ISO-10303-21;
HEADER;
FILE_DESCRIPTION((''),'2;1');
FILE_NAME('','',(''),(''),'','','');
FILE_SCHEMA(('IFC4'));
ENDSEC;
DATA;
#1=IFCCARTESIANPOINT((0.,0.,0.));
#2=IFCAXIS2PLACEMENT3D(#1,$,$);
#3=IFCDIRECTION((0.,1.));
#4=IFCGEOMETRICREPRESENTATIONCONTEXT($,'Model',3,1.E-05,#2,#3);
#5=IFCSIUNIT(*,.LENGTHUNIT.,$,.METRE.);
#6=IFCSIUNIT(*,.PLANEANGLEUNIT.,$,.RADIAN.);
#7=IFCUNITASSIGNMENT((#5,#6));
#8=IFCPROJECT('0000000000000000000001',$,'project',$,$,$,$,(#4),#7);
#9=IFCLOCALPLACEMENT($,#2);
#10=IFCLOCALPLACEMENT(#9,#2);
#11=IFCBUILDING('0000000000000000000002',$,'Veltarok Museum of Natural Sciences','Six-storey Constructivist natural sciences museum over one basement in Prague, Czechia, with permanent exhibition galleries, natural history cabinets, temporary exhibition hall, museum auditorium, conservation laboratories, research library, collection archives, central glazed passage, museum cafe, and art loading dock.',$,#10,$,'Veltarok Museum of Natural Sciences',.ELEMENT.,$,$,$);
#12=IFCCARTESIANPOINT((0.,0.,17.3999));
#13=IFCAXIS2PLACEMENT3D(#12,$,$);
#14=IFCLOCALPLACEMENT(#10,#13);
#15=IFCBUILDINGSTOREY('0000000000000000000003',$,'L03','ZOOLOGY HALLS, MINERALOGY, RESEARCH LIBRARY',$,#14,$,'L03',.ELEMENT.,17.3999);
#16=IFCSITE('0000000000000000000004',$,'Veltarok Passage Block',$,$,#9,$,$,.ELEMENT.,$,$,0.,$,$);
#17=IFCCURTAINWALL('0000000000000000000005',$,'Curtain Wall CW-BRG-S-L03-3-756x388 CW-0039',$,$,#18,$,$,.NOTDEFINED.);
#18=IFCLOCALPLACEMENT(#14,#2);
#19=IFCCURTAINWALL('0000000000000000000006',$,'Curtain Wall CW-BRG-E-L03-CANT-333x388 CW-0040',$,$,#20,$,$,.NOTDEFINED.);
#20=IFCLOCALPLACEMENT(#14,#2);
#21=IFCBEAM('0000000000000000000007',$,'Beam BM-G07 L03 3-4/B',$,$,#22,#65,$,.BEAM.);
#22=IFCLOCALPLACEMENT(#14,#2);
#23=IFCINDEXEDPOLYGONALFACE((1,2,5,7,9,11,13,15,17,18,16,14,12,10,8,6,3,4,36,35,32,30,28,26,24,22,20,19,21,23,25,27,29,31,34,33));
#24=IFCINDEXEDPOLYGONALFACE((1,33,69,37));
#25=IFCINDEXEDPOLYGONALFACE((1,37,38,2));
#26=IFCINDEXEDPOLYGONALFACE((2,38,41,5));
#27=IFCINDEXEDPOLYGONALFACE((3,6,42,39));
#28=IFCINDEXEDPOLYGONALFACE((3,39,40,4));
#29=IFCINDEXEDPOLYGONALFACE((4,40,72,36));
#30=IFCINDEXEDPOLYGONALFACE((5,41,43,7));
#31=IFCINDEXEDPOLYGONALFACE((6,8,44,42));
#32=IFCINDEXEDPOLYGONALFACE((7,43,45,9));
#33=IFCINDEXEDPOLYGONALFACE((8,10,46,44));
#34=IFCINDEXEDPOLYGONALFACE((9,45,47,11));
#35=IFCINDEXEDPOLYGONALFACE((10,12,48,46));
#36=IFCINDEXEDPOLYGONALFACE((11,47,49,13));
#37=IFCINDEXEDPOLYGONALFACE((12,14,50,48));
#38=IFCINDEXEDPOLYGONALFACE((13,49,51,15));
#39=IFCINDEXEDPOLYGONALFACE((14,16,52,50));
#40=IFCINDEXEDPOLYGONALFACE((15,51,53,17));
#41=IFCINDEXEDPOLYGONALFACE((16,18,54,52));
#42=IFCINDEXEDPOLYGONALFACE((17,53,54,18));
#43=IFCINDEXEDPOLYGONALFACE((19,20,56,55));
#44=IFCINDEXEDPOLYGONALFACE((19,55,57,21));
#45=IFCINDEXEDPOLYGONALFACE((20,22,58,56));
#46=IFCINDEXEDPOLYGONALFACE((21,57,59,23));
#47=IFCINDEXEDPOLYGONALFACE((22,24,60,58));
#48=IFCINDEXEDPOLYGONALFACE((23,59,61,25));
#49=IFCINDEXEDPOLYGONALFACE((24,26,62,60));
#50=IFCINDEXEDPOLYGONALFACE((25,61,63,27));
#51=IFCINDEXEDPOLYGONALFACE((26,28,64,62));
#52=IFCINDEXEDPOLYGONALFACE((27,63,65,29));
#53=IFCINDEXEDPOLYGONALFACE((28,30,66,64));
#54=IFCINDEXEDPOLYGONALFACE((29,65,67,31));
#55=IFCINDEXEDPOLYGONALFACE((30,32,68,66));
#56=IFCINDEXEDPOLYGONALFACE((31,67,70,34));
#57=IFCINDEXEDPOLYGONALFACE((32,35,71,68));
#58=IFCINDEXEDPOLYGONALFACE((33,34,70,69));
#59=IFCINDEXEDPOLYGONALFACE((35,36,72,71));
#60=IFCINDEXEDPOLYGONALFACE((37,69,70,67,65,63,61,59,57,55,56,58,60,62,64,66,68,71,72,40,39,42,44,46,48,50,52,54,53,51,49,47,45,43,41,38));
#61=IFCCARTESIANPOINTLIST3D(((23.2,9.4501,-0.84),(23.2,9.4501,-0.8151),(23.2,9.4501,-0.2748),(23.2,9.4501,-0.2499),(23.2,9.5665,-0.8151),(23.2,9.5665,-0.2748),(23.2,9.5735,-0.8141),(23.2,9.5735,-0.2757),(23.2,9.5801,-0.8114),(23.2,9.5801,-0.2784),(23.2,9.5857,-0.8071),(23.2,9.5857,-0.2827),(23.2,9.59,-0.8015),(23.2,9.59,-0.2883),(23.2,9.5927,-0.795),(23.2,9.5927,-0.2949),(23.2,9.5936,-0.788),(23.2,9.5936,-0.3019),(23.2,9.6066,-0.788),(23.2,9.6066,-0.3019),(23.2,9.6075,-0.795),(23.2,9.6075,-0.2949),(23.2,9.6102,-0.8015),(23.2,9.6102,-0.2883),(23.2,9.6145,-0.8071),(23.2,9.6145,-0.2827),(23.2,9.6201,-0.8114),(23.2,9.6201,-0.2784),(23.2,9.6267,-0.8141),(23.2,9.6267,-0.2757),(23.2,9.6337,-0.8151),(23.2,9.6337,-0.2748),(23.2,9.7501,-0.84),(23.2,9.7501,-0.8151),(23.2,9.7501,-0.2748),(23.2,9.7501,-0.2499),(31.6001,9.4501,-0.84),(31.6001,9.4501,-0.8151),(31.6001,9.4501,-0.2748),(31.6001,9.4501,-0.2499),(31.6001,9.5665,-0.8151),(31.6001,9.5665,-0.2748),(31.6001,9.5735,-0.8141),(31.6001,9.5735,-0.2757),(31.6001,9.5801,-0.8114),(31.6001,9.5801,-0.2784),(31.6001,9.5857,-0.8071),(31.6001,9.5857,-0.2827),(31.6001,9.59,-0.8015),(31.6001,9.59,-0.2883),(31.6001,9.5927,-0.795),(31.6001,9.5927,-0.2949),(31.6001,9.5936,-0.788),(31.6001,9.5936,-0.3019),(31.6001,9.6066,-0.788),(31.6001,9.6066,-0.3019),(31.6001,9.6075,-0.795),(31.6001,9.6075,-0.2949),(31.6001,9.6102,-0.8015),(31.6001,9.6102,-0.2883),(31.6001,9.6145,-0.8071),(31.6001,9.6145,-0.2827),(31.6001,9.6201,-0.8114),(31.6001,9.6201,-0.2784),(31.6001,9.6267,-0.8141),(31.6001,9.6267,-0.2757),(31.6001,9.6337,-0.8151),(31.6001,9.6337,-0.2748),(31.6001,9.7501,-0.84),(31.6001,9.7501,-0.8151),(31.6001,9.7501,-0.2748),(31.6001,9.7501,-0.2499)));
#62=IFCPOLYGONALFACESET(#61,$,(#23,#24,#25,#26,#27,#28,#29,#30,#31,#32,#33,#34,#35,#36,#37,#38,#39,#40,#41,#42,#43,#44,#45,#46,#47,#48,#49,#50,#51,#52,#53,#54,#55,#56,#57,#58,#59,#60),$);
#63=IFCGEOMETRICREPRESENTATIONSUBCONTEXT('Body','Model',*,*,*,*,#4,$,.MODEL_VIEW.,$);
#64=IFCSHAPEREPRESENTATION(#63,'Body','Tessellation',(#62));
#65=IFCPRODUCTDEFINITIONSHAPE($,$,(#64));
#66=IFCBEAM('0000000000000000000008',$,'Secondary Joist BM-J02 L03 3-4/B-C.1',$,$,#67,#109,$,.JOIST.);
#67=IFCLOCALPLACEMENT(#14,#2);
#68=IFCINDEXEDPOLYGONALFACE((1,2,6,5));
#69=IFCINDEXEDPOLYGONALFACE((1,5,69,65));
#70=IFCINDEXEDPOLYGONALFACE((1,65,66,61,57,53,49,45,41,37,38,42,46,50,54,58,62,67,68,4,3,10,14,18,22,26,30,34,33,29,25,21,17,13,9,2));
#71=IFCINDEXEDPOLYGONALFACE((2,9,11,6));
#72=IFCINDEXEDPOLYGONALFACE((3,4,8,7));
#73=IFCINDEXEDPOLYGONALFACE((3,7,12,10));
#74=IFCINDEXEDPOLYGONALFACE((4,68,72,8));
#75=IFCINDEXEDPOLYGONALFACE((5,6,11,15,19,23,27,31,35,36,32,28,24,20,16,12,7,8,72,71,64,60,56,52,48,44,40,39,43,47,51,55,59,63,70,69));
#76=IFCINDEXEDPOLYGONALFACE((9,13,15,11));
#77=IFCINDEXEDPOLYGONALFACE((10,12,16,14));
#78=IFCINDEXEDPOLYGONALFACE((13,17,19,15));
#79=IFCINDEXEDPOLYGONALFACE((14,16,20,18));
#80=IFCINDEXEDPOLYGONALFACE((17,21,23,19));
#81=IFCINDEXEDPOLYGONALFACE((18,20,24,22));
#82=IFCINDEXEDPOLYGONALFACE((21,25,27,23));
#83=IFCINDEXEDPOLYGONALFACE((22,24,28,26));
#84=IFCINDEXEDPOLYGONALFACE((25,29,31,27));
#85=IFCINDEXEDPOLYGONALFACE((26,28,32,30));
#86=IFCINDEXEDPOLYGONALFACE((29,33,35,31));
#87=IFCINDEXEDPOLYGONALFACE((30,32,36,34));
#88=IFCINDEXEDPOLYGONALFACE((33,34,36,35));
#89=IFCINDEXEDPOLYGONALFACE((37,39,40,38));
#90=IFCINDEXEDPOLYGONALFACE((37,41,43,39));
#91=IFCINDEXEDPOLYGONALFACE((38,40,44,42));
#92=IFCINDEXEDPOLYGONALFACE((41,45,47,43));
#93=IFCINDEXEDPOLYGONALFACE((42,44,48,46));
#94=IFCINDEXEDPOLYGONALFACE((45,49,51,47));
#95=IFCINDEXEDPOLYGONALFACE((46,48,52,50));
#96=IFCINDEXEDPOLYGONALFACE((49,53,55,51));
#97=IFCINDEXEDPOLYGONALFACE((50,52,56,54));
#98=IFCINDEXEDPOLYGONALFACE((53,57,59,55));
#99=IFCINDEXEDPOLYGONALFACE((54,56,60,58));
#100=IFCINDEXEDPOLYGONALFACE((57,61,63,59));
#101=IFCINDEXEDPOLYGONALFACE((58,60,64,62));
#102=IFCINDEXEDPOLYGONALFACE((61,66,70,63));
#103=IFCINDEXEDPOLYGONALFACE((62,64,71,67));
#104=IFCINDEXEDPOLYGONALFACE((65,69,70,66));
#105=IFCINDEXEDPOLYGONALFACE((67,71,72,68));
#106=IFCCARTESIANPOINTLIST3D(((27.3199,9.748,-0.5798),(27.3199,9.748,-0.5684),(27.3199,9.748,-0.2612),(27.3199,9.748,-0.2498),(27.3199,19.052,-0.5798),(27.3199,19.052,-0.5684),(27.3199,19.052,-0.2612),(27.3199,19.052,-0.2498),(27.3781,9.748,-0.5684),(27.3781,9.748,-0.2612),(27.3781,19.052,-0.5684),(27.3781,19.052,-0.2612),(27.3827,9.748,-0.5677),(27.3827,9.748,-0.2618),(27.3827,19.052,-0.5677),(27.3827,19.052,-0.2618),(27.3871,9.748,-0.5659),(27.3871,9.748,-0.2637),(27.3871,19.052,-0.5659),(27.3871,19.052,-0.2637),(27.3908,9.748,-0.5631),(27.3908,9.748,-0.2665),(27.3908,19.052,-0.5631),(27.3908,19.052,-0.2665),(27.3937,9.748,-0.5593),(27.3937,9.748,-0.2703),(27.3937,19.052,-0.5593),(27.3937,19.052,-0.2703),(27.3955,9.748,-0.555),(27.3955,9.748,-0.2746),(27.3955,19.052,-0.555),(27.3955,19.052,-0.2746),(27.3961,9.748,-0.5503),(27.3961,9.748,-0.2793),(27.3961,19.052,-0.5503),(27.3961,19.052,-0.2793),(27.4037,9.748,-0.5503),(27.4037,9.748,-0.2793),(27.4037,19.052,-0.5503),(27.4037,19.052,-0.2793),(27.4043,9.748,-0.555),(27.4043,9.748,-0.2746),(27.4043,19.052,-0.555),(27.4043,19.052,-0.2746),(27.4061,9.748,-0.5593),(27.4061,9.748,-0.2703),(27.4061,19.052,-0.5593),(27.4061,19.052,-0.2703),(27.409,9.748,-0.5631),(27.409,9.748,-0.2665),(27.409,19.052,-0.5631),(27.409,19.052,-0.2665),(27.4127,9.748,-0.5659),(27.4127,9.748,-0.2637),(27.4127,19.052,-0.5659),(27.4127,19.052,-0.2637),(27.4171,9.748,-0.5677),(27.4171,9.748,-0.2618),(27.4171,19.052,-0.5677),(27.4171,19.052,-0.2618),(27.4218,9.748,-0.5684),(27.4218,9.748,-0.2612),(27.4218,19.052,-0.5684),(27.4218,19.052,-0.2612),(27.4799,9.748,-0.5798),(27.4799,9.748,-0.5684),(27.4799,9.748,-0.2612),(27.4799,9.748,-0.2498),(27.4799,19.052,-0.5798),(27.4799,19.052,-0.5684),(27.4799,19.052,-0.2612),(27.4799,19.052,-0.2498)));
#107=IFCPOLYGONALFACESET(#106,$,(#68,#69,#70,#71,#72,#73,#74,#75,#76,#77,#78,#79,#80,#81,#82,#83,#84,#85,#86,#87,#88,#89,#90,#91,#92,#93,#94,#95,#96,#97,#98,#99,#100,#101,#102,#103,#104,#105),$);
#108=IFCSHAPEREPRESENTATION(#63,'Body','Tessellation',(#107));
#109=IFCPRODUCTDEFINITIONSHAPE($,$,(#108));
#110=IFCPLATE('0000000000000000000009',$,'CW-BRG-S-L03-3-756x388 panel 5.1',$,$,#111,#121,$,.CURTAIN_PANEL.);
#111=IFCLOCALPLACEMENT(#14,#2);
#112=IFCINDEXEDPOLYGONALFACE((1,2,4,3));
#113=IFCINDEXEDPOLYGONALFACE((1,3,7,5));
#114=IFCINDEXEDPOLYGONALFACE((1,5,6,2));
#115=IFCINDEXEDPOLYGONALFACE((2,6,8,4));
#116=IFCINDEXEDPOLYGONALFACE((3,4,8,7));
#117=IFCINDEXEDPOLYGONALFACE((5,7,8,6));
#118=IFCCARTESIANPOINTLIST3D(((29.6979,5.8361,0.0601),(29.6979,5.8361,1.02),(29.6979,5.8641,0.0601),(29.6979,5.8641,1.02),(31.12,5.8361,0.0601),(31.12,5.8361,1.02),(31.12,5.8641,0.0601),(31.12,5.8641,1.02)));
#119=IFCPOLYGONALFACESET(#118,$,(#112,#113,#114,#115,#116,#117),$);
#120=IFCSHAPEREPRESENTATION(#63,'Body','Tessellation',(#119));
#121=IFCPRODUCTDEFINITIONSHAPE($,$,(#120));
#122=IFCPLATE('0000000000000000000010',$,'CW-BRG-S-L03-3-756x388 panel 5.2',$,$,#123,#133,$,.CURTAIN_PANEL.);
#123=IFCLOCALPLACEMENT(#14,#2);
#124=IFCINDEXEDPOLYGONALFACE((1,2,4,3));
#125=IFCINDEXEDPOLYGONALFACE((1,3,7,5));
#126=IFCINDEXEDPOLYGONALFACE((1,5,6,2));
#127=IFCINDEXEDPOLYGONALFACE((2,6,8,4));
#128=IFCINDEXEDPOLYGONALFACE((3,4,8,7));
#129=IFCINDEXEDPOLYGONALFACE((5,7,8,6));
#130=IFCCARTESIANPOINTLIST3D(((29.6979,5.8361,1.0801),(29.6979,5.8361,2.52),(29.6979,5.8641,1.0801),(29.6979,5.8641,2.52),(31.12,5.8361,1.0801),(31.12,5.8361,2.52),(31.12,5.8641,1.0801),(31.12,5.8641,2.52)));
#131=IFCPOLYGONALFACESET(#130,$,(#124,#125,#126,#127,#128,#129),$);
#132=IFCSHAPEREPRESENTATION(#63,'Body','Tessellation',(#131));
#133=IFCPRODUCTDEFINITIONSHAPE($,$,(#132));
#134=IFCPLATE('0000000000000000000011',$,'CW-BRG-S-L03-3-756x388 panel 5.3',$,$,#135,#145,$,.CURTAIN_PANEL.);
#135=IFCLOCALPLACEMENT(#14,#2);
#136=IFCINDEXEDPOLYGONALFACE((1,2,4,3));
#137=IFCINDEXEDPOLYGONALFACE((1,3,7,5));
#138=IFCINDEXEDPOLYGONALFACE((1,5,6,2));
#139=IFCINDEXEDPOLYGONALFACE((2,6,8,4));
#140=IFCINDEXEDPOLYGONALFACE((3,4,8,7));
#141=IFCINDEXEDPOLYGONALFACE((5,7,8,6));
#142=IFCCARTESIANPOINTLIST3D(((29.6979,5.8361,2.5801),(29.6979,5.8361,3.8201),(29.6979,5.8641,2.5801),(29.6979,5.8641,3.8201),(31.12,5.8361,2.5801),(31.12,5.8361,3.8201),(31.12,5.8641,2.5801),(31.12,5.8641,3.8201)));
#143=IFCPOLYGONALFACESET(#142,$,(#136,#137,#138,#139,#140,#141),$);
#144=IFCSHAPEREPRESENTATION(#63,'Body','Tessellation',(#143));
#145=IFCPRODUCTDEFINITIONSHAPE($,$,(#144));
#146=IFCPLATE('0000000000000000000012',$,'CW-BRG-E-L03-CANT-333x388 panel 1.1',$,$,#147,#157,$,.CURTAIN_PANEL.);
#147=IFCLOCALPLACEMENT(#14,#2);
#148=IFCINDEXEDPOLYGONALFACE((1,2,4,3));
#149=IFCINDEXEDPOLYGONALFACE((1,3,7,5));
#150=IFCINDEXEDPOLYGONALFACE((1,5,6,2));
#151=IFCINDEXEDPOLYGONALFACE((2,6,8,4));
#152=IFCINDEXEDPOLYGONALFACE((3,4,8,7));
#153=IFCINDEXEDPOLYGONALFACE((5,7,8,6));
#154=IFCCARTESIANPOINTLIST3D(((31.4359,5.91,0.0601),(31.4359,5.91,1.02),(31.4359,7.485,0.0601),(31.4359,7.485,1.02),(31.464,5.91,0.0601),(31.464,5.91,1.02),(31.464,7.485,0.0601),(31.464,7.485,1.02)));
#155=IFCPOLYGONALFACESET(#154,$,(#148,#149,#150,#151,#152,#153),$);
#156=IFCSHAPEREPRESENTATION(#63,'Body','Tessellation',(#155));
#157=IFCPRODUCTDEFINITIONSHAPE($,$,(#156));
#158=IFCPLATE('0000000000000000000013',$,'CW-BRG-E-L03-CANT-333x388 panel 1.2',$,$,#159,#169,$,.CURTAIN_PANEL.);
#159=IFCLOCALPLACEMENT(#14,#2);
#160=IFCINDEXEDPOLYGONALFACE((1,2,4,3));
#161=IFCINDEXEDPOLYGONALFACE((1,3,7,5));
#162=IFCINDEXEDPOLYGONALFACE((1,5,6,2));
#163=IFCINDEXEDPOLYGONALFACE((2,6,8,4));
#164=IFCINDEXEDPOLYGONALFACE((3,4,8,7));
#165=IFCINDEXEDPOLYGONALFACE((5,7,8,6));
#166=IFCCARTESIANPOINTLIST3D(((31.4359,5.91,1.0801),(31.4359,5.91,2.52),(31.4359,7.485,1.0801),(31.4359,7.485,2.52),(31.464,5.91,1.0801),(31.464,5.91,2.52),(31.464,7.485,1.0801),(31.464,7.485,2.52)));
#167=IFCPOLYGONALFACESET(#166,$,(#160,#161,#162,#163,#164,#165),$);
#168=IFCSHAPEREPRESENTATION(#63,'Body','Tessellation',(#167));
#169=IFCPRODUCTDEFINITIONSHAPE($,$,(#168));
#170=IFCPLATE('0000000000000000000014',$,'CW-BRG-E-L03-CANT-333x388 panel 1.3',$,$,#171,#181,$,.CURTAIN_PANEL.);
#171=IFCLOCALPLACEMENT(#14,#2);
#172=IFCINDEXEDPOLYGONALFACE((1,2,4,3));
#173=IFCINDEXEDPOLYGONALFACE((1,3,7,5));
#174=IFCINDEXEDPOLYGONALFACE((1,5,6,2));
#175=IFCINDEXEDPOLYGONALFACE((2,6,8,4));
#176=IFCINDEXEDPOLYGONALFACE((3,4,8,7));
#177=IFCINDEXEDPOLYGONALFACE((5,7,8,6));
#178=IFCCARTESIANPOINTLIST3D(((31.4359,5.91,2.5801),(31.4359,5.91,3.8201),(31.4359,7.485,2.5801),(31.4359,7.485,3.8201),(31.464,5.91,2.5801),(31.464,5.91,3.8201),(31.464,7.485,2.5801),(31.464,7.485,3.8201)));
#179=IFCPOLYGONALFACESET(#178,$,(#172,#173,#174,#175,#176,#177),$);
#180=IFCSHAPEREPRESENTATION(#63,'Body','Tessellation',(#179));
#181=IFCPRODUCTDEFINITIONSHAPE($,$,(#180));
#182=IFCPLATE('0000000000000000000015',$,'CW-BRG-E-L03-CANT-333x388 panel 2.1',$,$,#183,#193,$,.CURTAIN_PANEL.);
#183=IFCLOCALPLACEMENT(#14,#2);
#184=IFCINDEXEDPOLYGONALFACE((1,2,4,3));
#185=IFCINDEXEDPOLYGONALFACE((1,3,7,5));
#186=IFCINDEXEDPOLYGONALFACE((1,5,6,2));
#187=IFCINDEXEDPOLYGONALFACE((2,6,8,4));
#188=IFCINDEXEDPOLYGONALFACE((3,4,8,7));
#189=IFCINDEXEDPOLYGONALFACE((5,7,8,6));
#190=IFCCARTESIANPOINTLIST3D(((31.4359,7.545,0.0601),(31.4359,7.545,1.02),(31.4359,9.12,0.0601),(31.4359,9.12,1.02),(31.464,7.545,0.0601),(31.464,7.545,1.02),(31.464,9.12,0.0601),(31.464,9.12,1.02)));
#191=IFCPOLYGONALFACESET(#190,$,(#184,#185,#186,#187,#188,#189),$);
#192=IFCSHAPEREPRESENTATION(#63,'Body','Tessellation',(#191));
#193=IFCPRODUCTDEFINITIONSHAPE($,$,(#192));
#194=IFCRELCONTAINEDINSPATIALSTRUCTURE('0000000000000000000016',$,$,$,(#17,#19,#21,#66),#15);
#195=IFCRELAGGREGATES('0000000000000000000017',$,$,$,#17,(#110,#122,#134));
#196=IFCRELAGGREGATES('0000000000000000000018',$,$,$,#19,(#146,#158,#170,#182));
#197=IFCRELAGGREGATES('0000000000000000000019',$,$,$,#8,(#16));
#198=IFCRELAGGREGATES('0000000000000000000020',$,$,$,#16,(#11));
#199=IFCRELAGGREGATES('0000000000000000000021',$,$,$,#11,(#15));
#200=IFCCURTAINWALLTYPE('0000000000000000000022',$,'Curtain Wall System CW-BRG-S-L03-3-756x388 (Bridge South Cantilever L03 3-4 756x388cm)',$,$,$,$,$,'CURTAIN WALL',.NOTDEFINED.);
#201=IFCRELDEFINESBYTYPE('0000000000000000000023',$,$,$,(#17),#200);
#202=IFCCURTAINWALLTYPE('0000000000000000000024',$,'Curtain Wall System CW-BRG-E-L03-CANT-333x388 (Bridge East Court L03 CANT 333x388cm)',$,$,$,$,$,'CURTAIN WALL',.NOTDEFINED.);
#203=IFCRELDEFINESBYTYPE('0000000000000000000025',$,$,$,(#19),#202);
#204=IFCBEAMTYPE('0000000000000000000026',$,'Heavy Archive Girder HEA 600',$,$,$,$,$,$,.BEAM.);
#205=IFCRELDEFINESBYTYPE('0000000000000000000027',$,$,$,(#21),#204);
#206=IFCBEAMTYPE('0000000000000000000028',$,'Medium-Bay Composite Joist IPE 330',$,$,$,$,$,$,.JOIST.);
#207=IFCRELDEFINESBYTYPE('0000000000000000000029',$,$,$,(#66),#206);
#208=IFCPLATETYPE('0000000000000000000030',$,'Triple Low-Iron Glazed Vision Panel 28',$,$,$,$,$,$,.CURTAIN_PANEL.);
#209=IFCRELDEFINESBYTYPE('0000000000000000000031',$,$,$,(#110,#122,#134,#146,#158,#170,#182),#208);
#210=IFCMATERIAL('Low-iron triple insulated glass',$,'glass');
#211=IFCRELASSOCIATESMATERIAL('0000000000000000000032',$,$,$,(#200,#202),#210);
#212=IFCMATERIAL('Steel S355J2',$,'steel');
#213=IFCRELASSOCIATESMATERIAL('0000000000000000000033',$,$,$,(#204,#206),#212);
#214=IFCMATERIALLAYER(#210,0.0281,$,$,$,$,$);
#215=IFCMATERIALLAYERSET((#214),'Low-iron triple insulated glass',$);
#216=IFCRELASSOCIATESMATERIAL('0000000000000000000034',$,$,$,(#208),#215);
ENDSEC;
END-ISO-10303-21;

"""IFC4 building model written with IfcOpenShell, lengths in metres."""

from ifc_helpers import new_model, si_unit, direction, frame, origin, origin_2d, place, context, subcontext, project, spatial, rectangle, i_section, extrude, material, layer, layer_set, material_profile, profile_set, type_object, element, aggregate, save


model = new_model("IFC4")

# Units and contexts
model_context = context("Model", 3, precision=1e-05, world=origin(), true_north=direction((0.0, 1.0)))
body_context = subcontext(model_context, "Body", "Model", "MODEL_VIEW")
ifc_project = project(units=[si_unit("LENGTHUNIT", "METRE"), si_unit("PLANEANGLEUNIT", "RADIAN")], contexts=[model_context])

# Site, building, storey
site_placement = place(None, origin())
site = spatial("IfcSite", under=ifc_project, at=site_placement, Name="Veltarok Passage Block", CompositionType="ELEMENT", RefElevation=0.0)
building_placement = place(site_placement, origin())
building = spatial("IfcBuilding", under=site, at=building_placement, Name="Veltarok Museum of Natural Sciences", Description="Six-storey Constructivist natural sciences museum over one basement in Prague, Czechia, with permanent exhibition galleries, natural history cabinets, temporary exhibition hall, museum auditorium, conservation laboratories, research library, collection archives, central glazed passage, museum cafe, and art loading dock.", LongName="Veltarok Museum of Natural Sciences", CompositionType="ELEMENT")
storey_placement = place(building_placement, frame((0.0, 0.0, 17.3999)))
storey = spatial("IfcBuildingStorey", under=building, at=storey_placement, Name="L03", Description="ZOOLOGY HALLS, MINERALOGY, RESEARCH LIBRARY", LongName="L03", CompositionType="ELEMENT", Elevation=17.3999)

# Shared definitions
ifc_material_1 = material(Name="Steel S355J2", Category="steel")

# Curtain walls
ifc_material_2 = material(Name="Low-iron triple insulated glass", Category="glass")
curtain_wall_type_1 = type_object("IfcCurtainWallType", Name="Curtain Wall System CW-BRG-S-L03-3-756x388 (Bridge South Cantilever L03 3-4 756x388cm)", ElementType="CURTAIN WALL", PredefinedType="NOTDEFINED", material=ifc_material_2)
curtain_wall_1_placement = place(storey_placement, origin())
curtain_wall_1 = element("IfcCurtainWall", 1, at=curtain_wall_1_placement, inside=storey, type_object=curtain_wall_type_1, Name="Curtain Wall CW-BRG-S-L03-3-756x388 CW-0039", PredefinedType="NOTDEFINED")
curtain_wall_type_2 = type_object("IfcCurtainWallType", Name="Curtain Wall System CW-BRG-E-L03-CANT-333x388 (Bridge East Court L03 CANT 333x388cm)", ElementType="CURTAIN WALL", PredefinedType="NOTDEFINED", material=ifc_material_2)
curtain_wall_2_placement = place(storey_placement, origin())
curtain_wall_2 = element("IfcCurtainWall", 2, at=curtain_wall_2_placement, inside=storey, type_object=curtain_wall_type_2, Name="Curtain Wall CW-BRG-E-L03-CANT-333x388 CW-0040", PredefinedType="NOTDEFINED")

# Beams
ifc_material_profile_1 = material_profile(ifc_material_1, i_section(OverallWidth=0.3, OverallDepth=0.5901, WebThickness=0.0129, FlangeThickness=0.0249, FilletRadius=0.0271, at=origin_2d()), Name="HEA 600")
ifc_profile_set_1 = profile_set([ifc_material_profile_1], Name="Steel S355J2")
beam_type_1 = type_object("IfcBeamType", Name="Heavy Archive Girder HEA 600", PredefinedType="BEAM", material=ifc_profile_set_1)
beam_1_placement = place(storey_placement, frame((23.2, 9.6001, -0.5449), z_axis=(1.0, 0.0, 0.0), x_axis=(0.0, 1.0, 0.0)))
element("IfcBeam", 3, at=beam_1_placement, inside=storey, type_object=beam_type_1, Name="Beam BM-G07 L03 3-4/B", PredefinedType="BEAM", context=body_context, shape_type="SweptSolid", body=[
    extrude(i_section(OverallWidth=0.3, OverallDepth=0.5901, WebThickness=0.0129, FlangeThickness=0.0249, FilletRadius=0.0271, at=origin_2d()), origin(), (0.0, 0.0, 1.0), 8.4001),
])
ifc_material_profile_2 = material_profile(ifc_material_1, i_section(OverallWidth=0.1599, OverallDepth=0.3301, WebThickness=0.0076, FlangeThickness=0.0115, FilletRadius=0.0181, at=origin_2d()), Name="IPE 330")
ifc_profile_set_2 = profile_set([ifc_material_profile_2], Name="Steel S355J2")
beam_type_2 = type_object("IfcBeamType", Name="Medium-Bay Composite Joist IPE 330", PredefinedType="JOIST", material=ifc_profile_set_2)
beam_2_placement = place(storey_placement, frame((27.3999, 9.748, -0.4148), z_axis=(0.0, 1.0, 0.0), x_axis=(-1.0, 0.0, 0.0)))
element("IfcBeam", 4, at=beam_2_placement, inside=storey, type_object=beam_type_2, Name="Secondary Joist BM-J02 L03 3-4/B-C.1", PredefinedType="JOIST", context=body_context, shape_type="SweptSolid", body=[
    extrude(i_section(OverallWidth=0.1599, OverallDepth=0.3301, WebThickness=0.0076, FlangeThickness=0.0115, FilletRadius=0.0181, at=origin_2d()), origin(), (0.0, 0.0, 1.0), 9.304),
])

# Plates
ifc_layer = layer(ifc_material_2, 0.0281)
ifc_layer_set = layer_set([ifc_layer], Name="Low-iron triple insulated glass")
plate_type = type_object("IfcPlateType", Name="Triple Low-Iron Glazed Vision Panel 28", PredefinedType="CURTAIN_PANEL", material=ifc_layer_set)
plate_1_placement = place(storey_placement, frame((30.4089, 5.8501, 0.0601), z_axis=(0.0, 0.0, 1.0), x_axis=(1.0, 0.0, 0.0)))
plate_1 = element("IfcPlate", 5, at=plate_1_placement, type_object=plate_type, Name="CW-BRG-S-L03-3-756x388 panel 5.1", PredefinedType="CURTAIN_PANEL", context=body_context, shape_type="SweptSolid", body=[
    extrude(rectangle(XDim=1.4221, YDim=0.0281, at=origin_2d()), origin(), (0.0, 0.0, 1.0), 0.96),
])
plate_2_placement = place(storey_placement, frame((30.4089, 5.8501, 1.0801), z_axis=(0.0, 0.0, 1.0), x_axis=(1.0, 0.0, 0.0)))
plate_2 = element("IfcPlate", 6, at=plate_2_placement, type_object=plate_type, Name="CW-BRG-S-L03-3-756x388 panel 5.2", PredefinedType="CURTAIN_PANEL", context=body_context, shape_type="SweptSolid", body=[
    extrude(rectangle(XDim=1.4221, YDim=0.0281, at=origin_2d()), origin(), (0.0, 0.0, 1.0), 1.4399),
])
plate_3_placement = place(storey_placement, frame((30.4089, 5.8501, 2.5801), z_axis=(0.0, 0.0, 1.0), x_axis=(1.0, 0.0, 0.0)))
plate_3 = element("IfcPlate", 7, at=plate_3_placement, type_object=plate_type, Name="CW-BRG-S-L03-3-756x388 panel 5.3", PredefinedType="CURTAIN_PANEL", context=body_context, shape_type="SweptSolid", body=[
    extrude(rectangle(XDim=1.4221, YDim=0.0281, at=origin_2d()), origin(), (0.0, 0.0, 1.0), 1.24),
])
aggregate(curtain_wall_1, [plate_1, plate_2, plate_3])
plate_4_placement = place(storey_placement, frame((31.45, 6.6975, 0.0601), z_axis=(0.0, 0.0, 1.0), x_axis=(0.0, 1.0, 0.0)))
plate_4 = element("IfcPlate", 8, at=plate_4_placement, type_object=plate_type, Name="CW-BRG-E-L03-CANT-333x388 panel 1.1", PredefinedType="CURTAIN_PANEL", context=body_context, shape_type="SweptSolid", body=[
    extrude(rectangle(XDim=1.575, YDim=0.0281, at=origin_2d()), origin(), (0.0, 0.0, 1.0), 0.96),
])
plate_5_placement = place(storey_placement, frame((31.45, 6.6975, 1.0801), z_axis=(0.0, 0.0, 1.0), x_axis=(0.0, 1.0, 0.0)))
plate_5 = element("IfcPlate", 9, at=plate_5_placement, type_object=plate_type, Name="CW-BRG-E-L03-CANT-333x388 panel 1.2", PredefinedType="CURTAIN_PANEL", context=body_context, shape_type="SweptSolid", body=[
    extrude(rectangle(XDim=1.575, YDim=0.0281, at=origin_2d()), origin(), (0.0, 0.0, 1.0), 1.4399),
])
plate_6_placement = place(storey_placement, frame((31.45, 6.6975, 2.5801), z_axis=(0.0, 0.0, 1.0), x_axis=(0.0, 1.0, 0.0)))
plate_6 = element("IfcPlate", 10, at=plate_6_placement, type_object=plate_type, Name="CW-BRG-E-L03-CANT-333x388 panel 1.3", PredefinedType="CURTAIN_PANEL", context=body_context, shape_type="SweptSolid", body=[
    extrude(rectangle(XDim=1.575, YDim=0.0281, at=origin_2d()), origin(), (0.0, 0.0, 1.0), 1.24),
])
plate_7_placement = place(storey_placement, frame((31.45, 8.3325, 0.0601), z_axis=(0.0, 0.0, 1.0), x_axis=(0.0, 1.0, 0.0)))
plate_7 = element("IfcPlate", 11, at=plate_7_placement, type_object=plate_type, Name="CW-BRG-E-L03-CANT-333x388 panel 2.1", PredefinedType="CURTAIN_PANEL", context=body_context, shape_type="SweptSolid", body=[
    extrude(rectangle(XDim=1.575, YDim=0.0281, at=origin_2d()), origin(), (0.0, 0.0, 1.0), 0.96),
])
aggregate(curtain_wall_2, [plate_4, plate_5, plate_6, plate_7])

save(model, "model.ifc")
